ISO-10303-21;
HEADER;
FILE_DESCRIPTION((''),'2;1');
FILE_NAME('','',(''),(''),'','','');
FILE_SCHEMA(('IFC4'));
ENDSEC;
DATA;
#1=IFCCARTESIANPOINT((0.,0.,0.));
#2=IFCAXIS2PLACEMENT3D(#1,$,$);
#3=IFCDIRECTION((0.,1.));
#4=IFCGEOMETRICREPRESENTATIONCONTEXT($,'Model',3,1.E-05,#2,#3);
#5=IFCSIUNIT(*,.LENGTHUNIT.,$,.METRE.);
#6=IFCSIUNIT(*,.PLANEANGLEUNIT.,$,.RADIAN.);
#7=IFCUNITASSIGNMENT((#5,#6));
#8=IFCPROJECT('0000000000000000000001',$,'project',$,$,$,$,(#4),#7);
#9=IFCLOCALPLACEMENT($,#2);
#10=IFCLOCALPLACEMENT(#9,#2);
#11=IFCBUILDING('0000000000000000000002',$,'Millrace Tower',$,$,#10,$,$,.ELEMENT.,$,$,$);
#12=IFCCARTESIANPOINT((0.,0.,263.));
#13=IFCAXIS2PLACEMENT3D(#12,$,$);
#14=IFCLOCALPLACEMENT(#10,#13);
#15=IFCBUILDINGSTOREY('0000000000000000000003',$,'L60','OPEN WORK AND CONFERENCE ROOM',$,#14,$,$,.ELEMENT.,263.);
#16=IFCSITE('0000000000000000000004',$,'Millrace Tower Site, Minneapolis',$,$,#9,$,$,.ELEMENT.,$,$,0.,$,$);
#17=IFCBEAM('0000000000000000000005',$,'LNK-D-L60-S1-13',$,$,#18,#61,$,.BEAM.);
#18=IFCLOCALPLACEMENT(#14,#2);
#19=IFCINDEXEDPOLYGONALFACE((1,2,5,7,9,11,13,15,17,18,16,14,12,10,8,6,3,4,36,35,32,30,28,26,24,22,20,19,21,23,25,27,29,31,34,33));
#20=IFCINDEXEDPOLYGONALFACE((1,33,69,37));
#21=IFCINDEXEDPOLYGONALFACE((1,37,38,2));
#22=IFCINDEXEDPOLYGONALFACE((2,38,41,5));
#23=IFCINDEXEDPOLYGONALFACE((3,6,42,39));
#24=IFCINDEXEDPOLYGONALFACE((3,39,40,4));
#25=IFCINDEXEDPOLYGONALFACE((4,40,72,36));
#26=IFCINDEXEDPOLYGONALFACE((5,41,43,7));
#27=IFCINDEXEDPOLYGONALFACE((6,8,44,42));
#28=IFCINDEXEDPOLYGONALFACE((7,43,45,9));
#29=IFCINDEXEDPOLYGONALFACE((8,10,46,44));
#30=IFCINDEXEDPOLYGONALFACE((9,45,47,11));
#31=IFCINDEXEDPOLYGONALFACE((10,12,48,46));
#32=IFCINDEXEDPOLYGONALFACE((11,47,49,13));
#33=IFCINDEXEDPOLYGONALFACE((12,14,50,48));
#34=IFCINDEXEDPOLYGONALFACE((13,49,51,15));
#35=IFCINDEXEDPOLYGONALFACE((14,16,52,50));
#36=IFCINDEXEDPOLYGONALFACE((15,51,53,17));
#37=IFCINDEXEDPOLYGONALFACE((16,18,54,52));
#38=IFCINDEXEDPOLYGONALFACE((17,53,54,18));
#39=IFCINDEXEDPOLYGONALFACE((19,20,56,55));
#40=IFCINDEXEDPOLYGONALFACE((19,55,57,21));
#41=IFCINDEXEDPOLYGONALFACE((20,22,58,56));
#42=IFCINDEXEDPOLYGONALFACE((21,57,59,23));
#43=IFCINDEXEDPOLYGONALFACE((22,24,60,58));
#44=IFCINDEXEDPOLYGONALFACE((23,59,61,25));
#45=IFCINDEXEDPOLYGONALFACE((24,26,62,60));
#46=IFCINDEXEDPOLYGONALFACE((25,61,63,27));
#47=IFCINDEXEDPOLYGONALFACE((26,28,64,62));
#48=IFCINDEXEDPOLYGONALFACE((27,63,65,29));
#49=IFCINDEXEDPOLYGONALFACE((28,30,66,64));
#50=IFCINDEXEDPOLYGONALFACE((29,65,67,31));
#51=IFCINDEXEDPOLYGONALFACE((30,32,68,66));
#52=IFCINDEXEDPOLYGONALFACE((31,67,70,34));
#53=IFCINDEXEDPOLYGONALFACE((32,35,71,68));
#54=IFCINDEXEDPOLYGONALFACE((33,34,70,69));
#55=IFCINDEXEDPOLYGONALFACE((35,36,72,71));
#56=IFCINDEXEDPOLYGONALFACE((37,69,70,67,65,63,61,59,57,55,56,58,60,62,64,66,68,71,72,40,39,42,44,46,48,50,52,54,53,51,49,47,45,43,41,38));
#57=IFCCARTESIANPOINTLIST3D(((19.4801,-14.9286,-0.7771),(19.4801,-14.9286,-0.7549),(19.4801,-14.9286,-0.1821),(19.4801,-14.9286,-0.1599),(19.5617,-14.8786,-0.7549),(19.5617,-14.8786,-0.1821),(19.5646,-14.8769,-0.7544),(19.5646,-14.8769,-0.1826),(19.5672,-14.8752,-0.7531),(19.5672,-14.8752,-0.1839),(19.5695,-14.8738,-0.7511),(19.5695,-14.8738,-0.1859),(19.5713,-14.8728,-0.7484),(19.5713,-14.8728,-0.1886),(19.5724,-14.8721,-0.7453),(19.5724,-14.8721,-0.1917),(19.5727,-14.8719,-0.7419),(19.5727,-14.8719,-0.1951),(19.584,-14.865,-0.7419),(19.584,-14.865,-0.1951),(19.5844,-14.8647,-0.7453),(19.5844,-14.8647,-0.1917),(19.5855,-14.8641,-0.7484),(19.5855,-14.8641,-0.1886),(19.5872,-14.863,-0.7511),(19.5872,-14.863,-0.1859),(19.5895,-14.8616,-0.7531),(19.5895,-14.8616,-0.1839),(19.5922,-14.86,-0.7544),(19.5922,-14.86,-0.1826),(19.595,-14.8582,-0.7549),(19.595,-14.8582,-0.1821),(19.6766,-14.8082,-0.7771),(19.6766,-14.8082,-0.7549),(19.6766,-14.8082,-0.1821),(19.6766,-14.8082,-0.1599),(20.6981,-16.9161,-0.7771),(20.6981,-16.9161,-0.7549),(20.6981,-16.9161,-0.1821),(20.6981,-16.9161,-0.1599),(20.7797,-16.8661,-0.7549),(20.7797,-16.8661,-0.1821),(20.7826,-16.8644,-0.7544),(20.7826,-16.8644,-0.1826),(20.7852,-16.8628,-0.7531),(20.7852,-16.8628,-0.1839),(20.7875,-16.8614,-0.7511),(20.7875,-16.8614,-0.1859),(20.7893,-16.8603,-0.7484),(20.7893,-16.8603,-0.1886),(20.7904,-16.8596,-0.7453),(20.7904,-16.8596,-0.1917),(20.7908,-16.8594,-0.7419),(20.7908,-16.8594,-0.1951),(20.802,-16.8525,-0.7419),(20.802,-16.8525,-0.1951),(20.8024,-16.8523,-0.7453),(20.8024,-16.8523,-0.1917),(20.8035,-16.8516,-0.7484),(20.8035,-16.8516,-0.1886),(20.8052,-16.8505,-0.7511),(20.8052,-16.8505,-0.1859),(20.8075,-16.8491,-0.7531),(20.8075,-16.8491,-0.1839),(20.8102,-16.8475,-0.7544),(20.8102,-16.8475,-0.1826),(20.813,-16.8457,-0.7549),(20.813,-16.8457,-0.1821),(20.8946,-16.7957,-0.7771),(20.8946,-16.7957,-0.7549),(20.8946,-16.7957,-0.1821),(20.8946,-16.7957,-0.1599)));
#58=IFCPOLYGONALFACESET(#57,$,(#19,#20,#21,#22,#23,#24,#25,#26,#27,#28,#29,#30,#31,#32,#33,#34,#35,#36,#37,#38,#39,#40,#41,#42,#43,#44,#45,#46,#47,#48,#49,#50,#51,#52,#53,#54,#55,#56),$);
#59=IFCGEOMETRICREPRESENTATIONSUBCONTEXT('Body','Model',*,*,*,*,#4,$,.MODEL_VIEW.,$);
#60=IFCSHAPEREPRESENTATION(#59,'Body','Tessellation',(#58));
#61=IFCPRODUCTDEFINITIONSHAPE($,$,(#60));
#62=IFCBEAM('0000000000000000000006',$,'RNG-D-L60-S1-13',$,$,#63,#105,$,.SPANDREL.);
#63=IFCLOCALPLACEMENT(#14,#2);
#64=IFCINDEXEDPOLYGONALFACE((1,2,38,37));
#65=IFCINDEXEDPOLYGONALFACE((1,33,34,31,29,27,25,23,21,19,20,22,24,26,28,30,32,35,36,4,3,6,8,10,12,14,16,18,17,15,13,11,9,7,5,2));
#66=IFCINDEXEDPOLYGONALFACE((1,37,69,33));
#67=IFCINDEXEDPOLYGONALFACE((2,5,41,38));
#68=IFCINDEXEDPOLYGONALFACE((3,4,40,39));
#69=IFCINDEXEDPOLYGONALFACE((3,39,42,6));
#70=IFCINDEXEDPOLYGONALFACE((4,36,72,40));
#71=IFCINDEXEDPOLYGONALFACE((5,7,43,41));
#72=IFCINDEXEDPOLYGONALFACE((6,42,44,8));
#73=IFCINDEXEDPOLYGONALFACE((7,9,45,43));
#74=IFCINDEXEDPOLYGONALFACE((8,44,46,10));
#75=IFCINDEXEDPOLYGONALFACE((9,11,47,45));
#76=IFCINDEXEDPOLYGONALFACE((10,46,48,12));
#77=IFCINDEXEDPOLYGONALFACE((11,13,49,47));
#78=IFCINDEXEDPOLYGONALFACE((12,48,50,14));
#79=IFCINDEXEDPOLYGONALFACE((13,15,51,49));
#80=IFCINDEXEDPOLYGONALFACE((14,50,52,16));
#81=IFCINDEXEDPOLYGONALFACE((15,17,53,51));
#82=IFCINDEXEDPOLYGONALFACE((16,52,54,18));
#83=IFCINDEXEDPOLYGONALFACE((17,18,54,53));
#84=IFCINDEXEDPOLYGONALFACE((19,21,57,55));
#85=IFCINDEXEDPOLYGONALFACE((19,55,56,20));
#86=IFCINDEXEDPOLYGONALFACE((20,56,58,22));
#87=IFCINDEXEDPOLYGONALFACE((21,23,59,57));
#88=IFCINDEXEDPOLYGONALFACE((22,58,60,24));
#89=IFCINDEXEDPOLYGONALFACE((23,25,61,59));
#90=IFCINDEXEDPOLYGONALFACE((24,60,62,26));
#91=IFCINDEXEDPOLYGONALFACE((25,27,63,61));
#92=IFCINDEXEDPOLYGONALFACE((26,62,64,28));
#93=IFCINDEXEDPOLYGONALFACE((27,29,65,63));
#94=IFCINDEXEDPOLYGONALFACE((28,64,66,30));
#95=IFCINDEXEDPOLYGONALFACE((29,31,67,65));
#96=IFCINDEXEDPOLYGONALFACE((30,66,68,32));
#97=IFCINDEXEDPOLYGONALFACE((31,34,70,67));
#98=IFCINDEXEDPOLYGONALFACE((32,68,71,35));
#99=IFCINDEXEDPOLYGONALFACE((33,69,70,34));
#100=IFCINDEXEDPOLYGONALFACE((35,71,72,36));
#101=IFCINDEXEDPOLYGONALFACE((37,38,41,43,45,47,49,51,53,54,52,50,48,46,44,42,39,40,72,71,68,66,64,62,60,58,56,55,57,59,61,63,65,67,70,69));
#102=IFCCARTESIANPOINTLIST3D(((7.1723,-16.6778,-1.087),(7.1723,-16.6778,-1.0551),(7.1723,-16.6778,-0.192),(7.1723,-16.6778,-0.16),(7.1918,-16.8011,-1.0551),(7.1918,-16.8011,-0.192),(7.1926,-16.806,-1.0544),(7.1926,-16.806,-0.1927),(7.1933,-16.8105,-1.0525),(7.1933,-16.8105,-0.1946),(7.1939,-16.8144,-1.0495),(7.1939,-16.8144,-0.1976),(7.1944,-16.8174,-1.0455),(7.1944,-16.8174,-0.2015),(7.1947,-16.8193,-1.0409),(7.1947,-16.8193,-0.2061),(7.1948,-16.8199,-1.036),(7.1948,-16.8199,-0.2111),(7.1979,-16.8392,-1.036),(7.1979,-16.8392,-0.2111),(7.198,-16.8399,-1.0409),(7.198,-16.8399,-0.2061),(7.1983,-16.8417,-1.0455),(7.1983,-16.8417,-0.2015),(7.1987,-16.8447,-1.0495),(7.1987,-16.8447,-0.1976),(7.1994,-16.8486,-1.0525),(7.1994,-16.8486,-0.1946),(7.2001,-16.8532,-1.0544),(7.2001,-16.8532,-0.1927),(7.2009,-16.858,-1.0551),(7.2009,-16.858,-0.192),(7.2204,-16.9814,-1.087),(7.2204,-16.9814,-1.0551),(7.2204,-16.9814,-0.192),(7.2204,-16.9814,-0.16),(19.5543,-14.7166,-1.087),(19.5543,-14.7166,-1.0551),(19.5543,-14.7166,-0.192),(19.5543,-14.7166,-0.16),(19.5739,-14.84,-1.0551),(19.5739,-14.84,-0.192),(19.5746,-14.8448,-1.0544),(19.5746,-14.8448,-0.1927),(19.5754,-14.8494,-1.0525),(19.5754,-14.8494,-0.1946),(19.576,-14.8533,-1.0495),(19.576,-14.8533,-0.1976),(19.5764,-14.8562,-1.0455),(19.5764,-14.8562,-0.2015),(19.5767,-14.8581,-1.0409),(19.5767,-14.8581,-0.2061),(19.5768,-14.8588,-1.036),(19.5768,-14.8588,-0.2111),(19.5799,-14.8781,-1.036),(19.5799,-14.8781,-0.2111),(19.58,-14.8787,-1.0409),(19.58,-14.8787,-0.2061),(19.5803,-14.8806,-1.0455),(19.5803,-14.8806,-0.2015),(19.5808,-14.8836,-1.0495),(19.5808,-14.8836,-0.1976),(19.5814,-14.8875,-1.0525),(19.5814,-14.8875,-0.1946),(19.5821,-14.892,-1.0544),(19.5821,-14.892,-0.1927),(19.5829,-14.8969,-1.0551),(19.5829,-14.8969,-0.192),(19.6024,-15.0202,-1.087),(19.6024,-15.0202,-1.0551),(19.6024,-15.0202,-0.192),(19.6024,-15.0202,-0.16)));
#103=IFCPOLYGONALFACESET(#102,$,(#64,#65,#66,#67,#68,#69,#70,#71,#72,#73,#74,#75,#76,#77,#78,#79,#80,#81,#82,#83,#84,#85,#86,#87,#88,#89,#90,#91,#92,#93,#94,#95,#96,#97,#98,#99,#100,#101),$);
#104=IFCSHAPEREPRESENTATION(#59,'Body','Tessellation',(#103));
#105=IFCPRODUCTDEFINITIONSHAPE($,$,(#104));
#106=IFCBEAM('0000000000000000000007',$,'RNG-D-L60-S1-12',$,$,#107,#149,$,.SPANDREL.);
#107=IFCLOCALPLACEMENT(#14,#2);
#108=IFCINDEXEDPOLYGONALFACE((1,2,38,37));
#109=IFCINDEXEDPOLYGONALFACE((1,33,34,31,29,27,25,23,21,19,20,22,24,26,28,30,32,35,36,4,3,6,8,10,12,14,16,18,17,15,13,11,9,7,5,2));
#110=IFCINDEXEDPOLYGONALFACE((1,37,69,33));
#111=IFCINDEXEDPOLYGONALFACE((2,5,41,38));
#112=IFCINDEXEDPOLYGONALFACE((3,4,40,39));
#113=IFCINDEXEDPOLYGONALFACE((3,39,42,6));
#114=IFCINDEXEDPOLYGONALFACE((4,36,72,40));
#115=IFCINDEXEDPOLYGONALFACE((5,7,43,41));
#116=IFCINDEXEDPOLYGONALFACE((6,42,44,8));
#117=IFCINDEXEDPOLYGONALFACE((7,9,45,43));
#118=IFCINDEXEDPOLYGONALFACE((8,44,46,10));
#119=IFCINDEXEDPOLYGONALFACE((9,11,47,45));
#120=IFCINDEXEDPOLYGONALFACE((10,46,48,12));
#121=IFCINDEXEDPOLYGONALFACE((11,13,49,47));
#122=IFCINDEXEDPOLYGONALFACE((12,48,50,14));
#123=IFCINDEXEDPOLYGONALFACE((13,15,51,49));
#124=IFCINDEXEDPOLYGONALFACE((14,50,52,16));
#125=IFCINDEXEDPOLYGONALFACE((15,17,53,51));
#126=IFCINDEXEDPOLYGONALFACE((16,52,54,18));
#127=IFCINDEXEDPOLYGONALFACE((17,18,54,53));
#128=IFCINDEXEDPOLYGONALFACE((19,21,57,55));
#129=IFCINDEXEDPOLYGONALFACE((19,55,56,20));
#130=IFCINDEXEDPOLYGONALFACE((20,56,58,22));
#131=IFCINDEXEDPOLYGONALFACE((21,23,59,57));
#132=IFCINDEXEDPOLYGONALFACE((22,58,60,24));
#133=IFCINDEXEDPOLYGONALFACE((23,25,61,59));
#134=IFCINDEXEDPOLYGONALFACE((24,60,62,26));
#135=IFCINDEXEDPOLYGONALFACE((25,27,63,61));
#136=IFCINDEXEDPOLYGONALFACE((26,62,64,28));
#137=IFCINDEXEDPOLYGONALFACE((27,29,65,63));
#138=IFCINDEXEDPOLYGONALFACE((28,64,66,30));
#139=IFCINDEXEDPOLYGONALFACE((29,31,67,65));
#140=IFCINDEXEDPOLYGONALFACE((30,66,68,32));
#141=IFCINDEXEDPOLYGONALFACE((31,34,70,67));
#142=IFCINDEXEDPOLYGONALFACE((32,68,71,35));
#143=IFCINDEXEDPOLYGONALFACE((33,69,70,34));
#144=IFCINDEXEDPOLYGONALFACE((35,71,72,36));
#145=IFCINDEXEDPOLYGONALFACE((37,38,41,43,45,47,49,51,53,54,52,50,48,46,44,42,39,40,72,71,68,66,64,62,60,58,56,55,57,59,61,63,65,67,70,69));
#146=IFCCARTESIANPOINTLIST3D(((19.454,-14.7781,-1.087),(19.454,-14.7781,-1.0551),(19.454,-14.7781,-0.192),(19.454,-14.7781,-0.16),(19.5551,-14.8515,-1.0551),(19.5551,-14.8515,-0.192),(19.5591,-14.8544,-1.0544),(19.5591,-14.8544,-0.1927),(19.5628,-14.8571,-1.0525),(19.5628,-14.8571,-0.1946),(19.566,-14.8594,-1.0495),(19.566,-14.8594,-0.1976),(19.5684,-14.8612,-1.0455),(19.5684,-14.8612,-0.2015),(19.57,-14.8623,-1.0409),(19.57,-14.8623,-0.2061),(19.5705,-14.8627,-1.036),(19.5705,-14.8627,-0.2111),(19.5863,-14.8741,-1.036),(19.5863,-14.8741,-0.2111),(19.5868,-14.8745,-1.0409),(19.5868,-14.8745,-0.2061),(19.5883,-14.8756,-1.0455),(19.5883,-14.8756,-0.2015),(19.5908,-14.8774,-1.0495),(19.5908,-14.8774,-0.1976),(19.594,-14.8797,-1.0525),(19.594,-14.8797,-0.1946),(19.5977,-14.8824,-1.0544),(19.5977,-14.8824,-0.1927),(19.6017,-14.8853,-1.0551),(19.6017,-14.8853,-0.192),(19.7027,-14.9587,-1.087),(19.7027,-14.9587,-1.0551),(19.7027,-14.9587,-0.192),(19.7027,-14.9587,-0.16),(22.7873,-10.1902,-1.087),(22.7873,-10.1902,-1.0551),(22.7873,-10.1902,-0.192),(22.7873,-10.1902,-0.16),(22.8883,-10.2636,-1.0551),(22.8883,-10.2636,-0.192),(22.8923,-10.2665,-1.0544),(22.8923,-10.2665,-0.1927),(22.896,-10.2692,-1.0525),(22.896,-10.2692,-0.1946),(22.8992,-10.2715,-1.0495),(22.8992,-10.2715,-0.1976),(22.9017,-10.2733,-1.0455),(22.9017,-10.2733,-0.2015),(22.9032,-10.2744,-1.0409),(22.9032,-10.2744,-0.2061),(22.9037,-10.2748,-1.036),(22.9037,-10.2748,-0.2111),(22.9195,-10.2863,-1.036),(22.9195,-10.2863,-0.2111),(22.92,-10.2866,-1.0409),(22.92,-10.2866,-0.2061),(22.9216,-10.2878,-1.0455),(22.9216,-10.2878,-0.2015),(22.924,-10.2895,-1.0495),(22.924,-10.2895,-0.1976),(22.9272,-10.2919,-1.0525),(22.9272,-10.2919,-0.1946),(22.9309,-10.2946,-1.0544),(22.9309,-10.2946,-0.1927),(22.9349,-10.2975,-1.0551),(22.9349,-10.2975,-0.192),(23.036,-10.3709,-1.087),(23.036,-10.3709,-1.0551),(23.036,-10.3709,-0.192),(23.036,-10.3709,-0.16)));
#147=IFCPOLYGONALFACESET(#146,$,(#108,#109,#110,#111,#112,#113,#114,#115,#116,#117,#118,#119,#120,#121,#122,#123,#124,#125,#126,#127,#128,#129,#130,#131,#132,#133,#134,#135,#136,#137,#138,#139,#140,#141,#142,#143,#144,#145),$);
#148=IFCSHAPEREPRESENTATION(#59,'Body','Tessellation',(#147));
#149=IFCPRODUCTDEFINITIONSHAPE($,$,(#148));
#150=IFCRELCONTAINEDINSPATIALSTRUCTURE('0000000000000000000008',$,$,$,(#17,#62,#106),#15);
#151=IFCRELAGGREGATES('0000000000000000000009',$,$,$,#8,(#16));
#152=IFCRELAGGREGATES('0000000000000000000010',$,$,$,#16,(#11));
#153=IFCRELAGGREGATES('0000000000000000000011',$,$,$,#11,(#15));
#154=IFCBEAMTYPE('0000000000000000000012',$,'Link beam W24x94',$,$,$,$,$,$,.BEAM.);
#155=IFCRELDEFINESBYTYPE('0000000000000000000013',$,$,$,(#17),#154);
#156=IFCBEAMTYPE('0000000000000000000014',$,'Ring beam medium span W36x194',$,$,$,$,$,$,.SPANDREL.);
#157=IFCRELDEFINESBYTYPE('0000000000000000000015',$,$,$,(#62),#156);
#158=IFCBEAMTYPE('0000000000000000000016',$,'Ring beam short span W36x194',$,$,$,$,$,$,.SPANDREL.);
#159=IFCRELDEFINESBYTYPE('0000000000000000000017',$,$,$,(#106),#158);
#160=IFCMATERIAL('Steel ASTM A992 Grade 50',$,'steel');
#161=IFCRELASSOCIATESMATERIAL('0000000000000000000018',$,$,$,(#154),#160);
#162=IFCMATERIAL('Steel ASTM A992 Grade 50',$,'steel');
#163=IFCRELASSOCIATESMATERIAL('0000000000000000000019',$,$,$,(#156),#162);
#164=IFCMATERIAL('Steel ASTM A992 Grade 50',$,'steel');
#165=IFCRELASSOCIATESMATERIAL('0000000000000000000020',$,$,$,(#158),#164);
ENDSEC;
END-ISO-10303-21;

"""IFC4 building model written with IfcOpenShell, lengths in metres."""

from ifc_helpers import new_model, si_unit, direction, frame, origin, origin_2d, place, context, subcontext, project, spatial, i_section, extrude, material, material_profile, profile_set, type_object, element, save


model = new_model("IFC4")

# Units and contexts
model_context = context("Model", 3, precision=1e-05, world=origin(), true_north=direction((0.0, 1.0)))
body_context = subcontext(model_context, "Body", "Model", "MODEL_VIEW")
ifc_project = project(units=[si_unit("LENGTHUNIT", "METRE"), si_unit("PLANEANGLEUNIT", "RADIAN")], contexts=[model_context])

# Site, building, storey
site_placement = place(None, origin())
site = spatial("IfcSite", under=ifc_project, at=site_placement, Name="Millrace Tower Site, Minneapolis", CompositionType="ELEMENT", RefElevation=0.0)
building_placement = place(site_placement, origin())
building = spatial("IfcBuilding", under=site, at=building_placement, Name="Millrace Tower", CompositionType="ELEMENT")
storey_placement = place(building_placement, frame((0.0, 0.0, 263.0)))
storey = spatial("IfcBuildingStorey", under=building, at=storey_placement, Name="L60", Description="OPEN WORK AND CONFERENCE ROOM", CompositionType="ELEMENT", Elevation=263.0)

# Beams
ifc_material_1 = material(Name="Steel ASTM A992 Grade 50", Category="steel")
ifc_material_profile_1 = material_profile(ifc_material_1, i_section(OverallWidth=0.2305, OverallDepth=0.6172, WebThickness=0.0132, FlangeThickness=0.0222, FilletRadius=0.0129, at=origin_2d()))
ifc_profile_set_1 = profile_set([ifc_material_profile_1], Name="Steel ASTM A992 Grade 50")
beam_type_1 = type_object("IfcBeamType", Name="Link beam W24x94", PredefinedType="BEAM", material=ifc_profile_set_1)
beam_1_placement = place(storey_placement, frame((19.5784, -14.8684, -0.4685), z_axis=(0.522513, -0.852631, 0.0), x_axis=(0.852631, 0.522513, 0.0)))
element("IfcBeam", 1, at=beam_1_placement, inside=storey, type_object=beam_type_1, Name="LNK-D-L60-S1-13", PredefinedType="BEAM", context=body_context, shape_type="SweptSolid", body=[
    extrude(i_section(OverallWidth=0.2305, OverallDepth=0.6172, WebThickness=0.0132, FlangeThickness=0.0222, FilletRadius=0.0129, at=origin_2d()), origin(), (0.0, 0.0, 1.0), 2.3311),
])
ifc_material_2 = material(Name="Steel ASTM A992 Grade 50", Category="steel")
ifc_material_profile_2 = material_profile(ifc_material_2, i_section(OverallWidth=0.3074, OverallDepth=0.927, WebThickness=0.0195, FlangeThickness=0.032, FilletRadius=0.019, at=origin_2d()))
ifc_profile_set_2 = profile_set([ifc_material_profile_2], Name="Steel ASTM A992 Grade 50")
beam_type_2 = type_object("IfcBeamType", Name="Ring beam medium span W36x194", PredefinedType="SPANDREL", material=ifc_profile_set_2)
beam_2_placement = place(storey_placement, frame((19.5784, -14.8684, -0.6235), z_axis=(-0.987688, -0.156439, 0.0), x_axis=(0.156439, -0.987688, 0.0)))
element("IfcBeam", 2, at=beam_2_placement, inside=storey, type_object=beam_type_2, Name="RNG-D-L60-S1-13", PredefinedType="SPANDREL", context=body_context, shape_type="SweptSolid", body=[
    extrude(i_section(OverallWidth=0.3074, OverallDepth=0.927, WebThickness=0.0195, FlangeThickness=0.032, FilletRadius=0.019, at=origin_2d()), origin(), (0.0, 0.0, 1.0), 12.5364),
])
ifc_material_3 = material(Name="Steel ASTM A992 Grade 50", Category="steel")
ifc_material_profile_3 = material_profile(ifc_material_3, i_section(OverallWidth=0.3074, OverallDepth=0.927, WebThickness=0.0195, FlangeThickness=0.032, FilletRadius=0.019, at=origin_2d()))
ifc_profile_set_3 = profile_set([ifc_material_profile_3], Name="Steel ASTM A992 Grade 50")
beam_type_3 = type_object("IfcBeamType", Name="Ring beam short span W36x194", PredefinedType="SPANDREL", material=ifc_profile_set_3)
beam_3_placement = place(storey_placement, frame((22.9116, -10.2805, -0.6235), z_axis=(-0.58778, -0.809021, 0.0), x_axis=(0.809021, -0.58778, 0.0)))
element("IfcBeam", 3, at=beam_3_placement, inside=storey, type_object=beam_type_3, Name="RNG-D-L60-S1-12", PredefinedType="SPANDREL", context=body_context, shape_type="SweptSolid", body=[
    extrude(i_section(OverallWidth=0.3074, OverallDepth=0.927, WebThickness=0.0195, FlangeThickness=0.032, FilletRadius=0.019, at=origin_2d()), origin(), (0.0, 0.0, 1.0), 5.6709),
])

save(model, "model.ifc")
